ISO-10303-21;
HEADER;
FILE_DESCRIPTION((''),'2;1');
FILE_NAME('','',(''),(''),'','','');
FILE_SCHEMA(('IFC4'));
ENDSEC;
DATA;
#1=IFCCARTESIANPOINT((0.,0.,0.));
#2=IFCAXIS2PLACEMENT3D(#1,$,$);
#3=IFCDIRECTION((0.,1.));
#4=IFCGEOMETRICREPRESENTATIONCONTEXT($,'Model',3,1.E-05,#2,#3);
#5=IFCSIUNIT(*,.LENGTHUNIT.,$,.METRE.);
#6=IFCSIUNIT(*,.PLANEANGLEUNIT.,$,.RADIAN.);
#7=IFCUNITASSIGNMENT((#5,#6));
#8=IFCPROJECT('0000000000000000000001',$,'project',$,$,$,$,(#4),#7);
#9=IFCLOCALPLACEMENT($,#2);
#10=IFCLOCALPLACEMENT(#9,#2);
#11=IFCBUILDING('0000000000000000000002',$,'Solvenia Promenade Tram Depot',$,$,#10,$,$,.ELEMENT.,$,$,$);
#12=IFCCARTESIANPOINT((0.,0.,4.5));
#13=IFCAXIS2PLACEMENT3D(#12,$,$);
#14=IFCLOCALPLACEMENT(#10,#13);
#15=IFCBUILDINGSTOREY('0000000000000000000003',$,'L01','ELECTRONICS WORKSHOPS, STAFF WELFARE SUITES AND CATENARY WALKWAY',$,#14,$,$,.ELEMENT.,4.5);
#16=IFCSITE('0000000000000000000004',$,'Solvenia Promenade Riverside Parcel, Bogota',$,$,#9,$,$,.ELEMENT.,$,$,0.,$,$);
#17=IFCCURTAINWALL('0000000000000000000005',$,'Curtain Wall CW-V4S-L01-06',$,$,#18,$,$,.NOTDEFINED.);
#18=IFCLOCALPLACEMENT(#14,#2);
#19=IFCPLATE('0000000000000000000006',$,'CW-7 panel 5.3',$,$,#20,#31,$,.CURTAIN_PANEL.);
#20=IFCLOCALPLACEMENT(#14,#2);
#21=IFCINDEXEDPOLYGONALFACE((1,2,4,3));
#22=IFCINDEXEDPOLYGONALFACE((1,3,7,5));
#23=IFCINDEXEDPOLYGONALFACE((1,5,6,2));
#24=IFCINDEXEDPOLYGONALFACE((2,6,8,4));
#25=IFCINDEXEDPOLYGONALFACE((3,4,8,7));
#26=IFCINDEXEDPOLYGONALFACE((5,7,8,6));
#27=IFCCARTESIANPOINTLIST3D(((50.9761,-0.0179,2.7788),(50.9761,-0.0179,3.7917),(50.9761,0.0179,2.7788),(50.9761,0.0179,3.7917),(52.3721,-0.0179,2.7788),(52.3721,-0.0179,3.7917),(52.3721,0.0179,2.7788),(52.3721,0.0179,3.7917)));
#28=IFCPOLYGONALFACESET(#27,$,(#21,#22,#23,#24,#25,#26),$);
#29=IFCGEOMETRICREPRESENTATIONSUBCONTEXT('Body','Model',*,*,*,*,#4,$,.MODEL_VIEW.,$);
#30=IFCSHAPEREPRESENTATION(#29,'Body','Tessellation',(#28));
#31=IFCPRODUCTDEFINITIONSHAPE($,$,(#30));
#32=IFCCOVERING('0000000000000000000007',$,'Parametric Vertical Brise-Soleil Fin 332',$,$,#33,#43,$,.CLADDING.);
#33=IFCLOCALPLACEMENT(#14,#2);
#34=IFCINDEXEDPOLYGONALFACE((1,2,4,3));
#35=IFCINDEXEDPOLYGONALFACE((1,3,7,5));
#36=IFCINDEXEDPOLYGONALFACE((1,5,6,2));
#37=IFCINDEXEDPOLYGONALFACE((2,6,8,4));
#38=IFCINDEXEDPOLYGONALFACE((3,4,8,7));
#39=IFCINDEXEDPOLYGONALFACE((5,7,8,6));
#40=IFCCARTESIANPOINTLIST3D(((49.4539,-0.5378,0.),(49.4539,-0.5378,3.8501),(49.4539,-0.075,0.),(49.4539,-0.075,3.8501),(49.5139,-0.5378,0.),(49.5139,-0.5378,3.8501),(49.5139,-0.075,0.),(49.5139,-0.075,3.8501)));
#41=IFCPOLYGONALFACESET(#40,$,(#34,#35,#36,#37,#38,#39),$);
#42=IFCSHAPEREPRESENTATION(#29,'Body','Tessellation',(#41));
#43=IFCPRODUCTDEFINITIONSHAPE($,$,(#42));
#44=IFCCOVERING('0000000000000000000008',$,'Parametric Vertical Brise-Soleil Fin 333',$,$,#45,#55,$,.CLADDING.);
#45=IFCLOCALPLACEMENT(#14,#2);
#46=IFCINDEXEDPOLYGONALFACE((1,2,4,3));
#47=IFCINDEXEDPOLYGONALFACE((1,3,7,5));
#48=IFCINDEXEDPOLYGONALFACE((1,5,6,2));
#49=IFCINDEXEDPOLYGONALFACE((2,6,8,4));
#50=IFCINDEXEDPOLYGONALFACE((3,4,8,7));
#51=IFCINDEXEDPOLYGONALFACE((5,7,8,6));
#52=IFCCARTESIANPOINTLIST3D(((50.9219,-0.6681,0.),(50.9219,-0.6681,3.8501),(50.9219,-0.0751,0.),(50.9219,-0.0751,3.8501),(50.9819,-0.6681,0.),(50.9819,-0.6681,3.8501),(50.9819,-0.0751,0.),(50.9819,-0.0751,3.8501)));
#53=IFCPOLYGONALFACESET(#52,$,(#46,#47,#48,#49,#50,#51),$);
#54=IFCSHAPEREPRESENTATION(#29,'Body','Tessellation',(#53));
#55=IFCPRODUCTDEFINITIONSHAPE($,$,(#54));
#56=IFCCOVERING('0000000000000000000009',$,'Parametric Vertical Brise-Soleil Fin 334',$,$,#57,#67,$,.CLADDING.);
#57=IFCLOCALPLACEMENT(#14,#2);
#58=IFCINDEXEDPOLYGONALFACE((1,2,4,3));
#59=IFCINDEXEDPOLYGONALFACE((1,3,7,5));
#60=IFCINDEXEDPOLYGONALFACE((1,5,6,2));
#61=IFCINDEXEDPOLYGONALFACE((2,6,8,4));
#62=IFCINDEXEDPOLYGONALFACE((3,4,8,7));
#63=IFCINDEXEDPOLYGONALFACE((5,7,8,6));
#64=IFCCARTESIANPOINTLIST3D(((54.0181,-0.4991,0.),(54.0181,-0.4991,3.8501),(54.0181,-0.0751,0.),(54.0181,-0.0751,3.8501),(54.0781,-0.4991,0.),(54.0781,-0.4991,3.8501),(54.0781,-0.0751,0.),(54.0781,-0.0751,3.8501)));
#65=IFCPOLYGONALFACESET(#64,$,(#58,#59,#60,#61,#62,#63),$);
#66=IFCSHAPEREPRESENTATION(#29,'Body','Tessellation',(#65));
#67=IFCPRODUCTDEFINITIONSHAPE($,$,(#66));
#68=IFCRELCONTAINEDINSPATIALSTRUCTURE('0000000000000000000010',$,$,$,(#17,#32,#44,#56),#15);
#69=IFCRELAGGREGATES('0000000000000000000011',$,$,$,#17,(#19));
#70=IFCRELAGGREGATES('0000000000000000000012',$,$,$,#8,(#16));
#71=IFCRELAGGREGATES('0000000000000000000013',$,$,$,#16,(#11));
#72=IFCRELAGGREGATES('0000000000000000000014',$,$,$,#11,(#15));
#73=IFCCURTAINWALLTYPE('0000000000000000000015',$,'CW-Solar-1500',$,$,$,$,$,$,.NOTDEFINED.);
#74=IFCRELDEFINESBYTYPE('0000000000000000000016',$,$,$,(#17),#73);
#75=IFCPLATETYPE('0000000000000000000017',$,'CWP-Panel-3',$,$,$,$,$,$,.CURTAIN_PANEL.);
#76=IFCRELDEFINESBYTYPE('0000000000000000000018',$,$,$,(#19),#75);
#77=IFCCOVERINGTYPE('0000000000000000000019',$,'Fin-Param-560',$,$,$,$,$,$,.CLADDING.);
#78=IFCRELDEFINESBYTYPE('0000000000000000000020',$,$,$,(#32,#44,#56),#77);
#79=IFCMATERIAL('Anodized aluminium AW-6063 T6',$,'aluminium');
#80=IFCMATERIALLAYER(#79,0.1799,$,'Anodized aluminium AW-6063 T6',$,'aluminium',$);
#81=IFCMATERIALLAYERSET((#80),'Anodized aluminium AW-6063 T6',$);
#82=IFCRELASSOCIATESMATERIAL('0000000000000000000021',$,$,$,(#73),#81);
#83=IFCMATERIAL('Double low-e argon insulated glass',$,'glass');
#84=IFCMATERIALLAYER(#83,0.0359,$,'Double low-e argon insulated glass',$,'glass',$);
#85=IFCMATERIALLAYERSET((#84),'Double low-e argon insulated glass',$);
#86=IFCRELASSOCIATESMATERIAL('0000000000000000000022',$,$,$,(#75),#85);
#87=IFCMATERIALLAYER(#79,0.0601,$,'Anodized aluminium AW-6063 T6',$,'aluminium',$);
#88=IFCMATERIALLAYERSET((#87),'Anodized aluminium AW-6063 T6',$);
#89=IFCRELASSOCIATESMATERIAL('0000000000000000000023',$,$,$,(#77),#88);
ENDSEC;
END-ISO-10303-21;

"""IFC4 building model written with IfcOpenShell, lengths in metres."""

from ifc_helpers import new_model, si_unit, direction, frame, origin, origin_2d, place, context, subcontext, project, spatial, rectangle, extrude, material, layer, layer_set, type_object, element, aggregate, save


model = new_model("IFC4")

# Units and contexts
model_context = context("Model", 3, precision=1e-05, world=origin(), true_north=direction((0.0, 1.0)))
body_context = subcontext(model_context, "Body", "Model", "MODEL_VIEW")
ifc_project = project(units=[si_unit("LENGTHUNIT", "METRE"), si_unit("PLANEANGLEUNIT", "RADIAN")], contexts=[model_context])

# Site, building, storey
site_placement = place(None, origin())
site = spatial("IfcSite", under=ifc_project, at=site_placement, Name="Solvenia Promenade Riverside Parcel, Bogota", CompositionType="ELEMENT", RefElevation=0.0)
building_placement = place(site_placement, origin())
building = spatial("IfcBuilding", under=site, at=building_placement, Name="Solvenia Promenade Tram Depot", CompositionType="ELEMENT")
storey_placement = place(building_placement, frame((0.0, 0.0, 4.5)))
storey = spatial("IfcBuildingStorey", under=building, at=storey_placement, Name="L01", Description="ELECTRONICS WORKSHOPS, STAFF WELFARE SUITES AND CATENARY WALKWAY", CompositionType="ELEMENT", Elevation=4.5)

# Curtain wall, plate
ifc_material_1 = material(Name="Anodized aluminium AW-6063 T6", Category="aluminium")
ifc_layer_1 = layer(ifc_material_1, 0.1799, Name="Anodized aluminium AW-6063 T6", Category="aluminium")
ifc_layer_set_1 = layer_set([ifc_layer_1], Name="Anodized aluminium AW-6063 T6")
curtain_wall_type = type_object("IfcCurtainWallType", Name="CW-Solar-1500", PredefinedType="NOTDEFINED", material=ifc_layer_set_1)
curtain_wall_placement = place(storey_placement, origin())
curtain_wall = element("IfcCurtainWall", 1, at=curtain_wall_placement, inside=storey, type_object=curtain_wall_type, Name="Curtain Wall CW-V4S-L01-06", PredefinedType="NOTDEFINED")
ifc_material_2 = material(Name="Double low-e argon insulated glass", Category="glass")
ifc_layer_2 = layer(ifc_material_2, 0.0359, Name="Double low-e argon insulated glass", Category="glass")
ifc_layer_set_2 = layer_set([ifc_layer_2], Name="Double low-e argon insulated glass")
plate_type = type_object("IfcPlateType", Name="CWP-Panel-3", PredefinedType="CURTAIN_PANEL", material=ifc_layer_set_2)
plate_1_placement = place(storey_placement, frame((51.6741, 0.0, 2.7788), z_axis=(0.0, 0.0, 1.0), x_axis=(1.0, 0.0, 0.0)))
plate_1 = element("IfcPlate", 2, at=plate_1_placement, type_object=plate_type, Name="CW-7 panel 5.3", PredefinedType="CURTAIN_PANEL", context=body_context, shape_type="SweptSolid", body=[
    extrude(rectangle(XDim=1.396, YDim=0.0359, at=origin_2d()), origin(), (0.0, 0.0, 1.0), 1.0129),
])
aggregate(curtain_wall, [plate_1])

# Coverings
ifc_layer_3 = layer(ifc_material_1, 0.0601, Name="Anodized aluminium AW-6063 T6", Category="aluminium")
ifc_layer_set_3 = layer_set([ifc_layer_3], Name="Anodized aluminium AW-6063 T6")
covering_type = type_object("IfcCoveringType", Name="Fin-Param-560", PredefinedType="CLADDING", material=ifc_layer_set_3)
covering_1_placement = place(storey_placement, frame((49.4839, -0.3064, 0.0), z_axis=(0.0, 0.0, 1.0), x_axis=(1.0, 0.0, 0.0)))
element("IfcCovering", 3, at=covering_1_placement, inside=storey, type_object=covering_type, Name="Parametric Vertical Brise-Soleil Fin 332", PredefinedType="CLADDING", context=body_context, shape_type="SweptSolid", body=[
    extrude(rectangle(XDim=0.0601, YDim=0.4629, at=origin_2d()), origin(), (0.0, 0.0, 1.0), 3.8501),
])
covering_2_placement = place(storey_placement, frame((50.9519, -0.3716, 0.0), z_axis=(0.0, 0.0, 1.0), x_axis=(1.0, 0.0, 0.0)))
element("IfcCovering", 4, at=covering_2_placement, inside=storey, type_object=covering_type, Name="Parametric Vertical Brise-Soleil Fin 333", PredefinedType="CLADDING", context=body_context, shape_type="SweptSolid", body=[
    extrude(rectangle(XDim=0.0601, YDim=0.593, at=origin_2d()), origin(), (0.0, 0.0, 1.0), 3.8501),
])
covering_3_placement = place(storey_placement, frame((54.0481, -0.2871, 0.0), z_axis=(0.0, 0.0, 1.0), x_axis=(1.0, 0.0, 0.0)))
element("IfcCovering", 5, at=covering_3_placement, inside=storey, type_object=covering_type, Name="Parametric Vertical Brise-Soleil Fin 334", PredefinedType="CLADDING", context=body_context, shape_type="SweptSolid", body=[
    extrude(rectangle(XDim=0.0601, YDim=0.4241, at=origin_2d()), origin(), (0.0, 0.0, 1.0), 3.8501),
])

save(model, "model.ifc")
